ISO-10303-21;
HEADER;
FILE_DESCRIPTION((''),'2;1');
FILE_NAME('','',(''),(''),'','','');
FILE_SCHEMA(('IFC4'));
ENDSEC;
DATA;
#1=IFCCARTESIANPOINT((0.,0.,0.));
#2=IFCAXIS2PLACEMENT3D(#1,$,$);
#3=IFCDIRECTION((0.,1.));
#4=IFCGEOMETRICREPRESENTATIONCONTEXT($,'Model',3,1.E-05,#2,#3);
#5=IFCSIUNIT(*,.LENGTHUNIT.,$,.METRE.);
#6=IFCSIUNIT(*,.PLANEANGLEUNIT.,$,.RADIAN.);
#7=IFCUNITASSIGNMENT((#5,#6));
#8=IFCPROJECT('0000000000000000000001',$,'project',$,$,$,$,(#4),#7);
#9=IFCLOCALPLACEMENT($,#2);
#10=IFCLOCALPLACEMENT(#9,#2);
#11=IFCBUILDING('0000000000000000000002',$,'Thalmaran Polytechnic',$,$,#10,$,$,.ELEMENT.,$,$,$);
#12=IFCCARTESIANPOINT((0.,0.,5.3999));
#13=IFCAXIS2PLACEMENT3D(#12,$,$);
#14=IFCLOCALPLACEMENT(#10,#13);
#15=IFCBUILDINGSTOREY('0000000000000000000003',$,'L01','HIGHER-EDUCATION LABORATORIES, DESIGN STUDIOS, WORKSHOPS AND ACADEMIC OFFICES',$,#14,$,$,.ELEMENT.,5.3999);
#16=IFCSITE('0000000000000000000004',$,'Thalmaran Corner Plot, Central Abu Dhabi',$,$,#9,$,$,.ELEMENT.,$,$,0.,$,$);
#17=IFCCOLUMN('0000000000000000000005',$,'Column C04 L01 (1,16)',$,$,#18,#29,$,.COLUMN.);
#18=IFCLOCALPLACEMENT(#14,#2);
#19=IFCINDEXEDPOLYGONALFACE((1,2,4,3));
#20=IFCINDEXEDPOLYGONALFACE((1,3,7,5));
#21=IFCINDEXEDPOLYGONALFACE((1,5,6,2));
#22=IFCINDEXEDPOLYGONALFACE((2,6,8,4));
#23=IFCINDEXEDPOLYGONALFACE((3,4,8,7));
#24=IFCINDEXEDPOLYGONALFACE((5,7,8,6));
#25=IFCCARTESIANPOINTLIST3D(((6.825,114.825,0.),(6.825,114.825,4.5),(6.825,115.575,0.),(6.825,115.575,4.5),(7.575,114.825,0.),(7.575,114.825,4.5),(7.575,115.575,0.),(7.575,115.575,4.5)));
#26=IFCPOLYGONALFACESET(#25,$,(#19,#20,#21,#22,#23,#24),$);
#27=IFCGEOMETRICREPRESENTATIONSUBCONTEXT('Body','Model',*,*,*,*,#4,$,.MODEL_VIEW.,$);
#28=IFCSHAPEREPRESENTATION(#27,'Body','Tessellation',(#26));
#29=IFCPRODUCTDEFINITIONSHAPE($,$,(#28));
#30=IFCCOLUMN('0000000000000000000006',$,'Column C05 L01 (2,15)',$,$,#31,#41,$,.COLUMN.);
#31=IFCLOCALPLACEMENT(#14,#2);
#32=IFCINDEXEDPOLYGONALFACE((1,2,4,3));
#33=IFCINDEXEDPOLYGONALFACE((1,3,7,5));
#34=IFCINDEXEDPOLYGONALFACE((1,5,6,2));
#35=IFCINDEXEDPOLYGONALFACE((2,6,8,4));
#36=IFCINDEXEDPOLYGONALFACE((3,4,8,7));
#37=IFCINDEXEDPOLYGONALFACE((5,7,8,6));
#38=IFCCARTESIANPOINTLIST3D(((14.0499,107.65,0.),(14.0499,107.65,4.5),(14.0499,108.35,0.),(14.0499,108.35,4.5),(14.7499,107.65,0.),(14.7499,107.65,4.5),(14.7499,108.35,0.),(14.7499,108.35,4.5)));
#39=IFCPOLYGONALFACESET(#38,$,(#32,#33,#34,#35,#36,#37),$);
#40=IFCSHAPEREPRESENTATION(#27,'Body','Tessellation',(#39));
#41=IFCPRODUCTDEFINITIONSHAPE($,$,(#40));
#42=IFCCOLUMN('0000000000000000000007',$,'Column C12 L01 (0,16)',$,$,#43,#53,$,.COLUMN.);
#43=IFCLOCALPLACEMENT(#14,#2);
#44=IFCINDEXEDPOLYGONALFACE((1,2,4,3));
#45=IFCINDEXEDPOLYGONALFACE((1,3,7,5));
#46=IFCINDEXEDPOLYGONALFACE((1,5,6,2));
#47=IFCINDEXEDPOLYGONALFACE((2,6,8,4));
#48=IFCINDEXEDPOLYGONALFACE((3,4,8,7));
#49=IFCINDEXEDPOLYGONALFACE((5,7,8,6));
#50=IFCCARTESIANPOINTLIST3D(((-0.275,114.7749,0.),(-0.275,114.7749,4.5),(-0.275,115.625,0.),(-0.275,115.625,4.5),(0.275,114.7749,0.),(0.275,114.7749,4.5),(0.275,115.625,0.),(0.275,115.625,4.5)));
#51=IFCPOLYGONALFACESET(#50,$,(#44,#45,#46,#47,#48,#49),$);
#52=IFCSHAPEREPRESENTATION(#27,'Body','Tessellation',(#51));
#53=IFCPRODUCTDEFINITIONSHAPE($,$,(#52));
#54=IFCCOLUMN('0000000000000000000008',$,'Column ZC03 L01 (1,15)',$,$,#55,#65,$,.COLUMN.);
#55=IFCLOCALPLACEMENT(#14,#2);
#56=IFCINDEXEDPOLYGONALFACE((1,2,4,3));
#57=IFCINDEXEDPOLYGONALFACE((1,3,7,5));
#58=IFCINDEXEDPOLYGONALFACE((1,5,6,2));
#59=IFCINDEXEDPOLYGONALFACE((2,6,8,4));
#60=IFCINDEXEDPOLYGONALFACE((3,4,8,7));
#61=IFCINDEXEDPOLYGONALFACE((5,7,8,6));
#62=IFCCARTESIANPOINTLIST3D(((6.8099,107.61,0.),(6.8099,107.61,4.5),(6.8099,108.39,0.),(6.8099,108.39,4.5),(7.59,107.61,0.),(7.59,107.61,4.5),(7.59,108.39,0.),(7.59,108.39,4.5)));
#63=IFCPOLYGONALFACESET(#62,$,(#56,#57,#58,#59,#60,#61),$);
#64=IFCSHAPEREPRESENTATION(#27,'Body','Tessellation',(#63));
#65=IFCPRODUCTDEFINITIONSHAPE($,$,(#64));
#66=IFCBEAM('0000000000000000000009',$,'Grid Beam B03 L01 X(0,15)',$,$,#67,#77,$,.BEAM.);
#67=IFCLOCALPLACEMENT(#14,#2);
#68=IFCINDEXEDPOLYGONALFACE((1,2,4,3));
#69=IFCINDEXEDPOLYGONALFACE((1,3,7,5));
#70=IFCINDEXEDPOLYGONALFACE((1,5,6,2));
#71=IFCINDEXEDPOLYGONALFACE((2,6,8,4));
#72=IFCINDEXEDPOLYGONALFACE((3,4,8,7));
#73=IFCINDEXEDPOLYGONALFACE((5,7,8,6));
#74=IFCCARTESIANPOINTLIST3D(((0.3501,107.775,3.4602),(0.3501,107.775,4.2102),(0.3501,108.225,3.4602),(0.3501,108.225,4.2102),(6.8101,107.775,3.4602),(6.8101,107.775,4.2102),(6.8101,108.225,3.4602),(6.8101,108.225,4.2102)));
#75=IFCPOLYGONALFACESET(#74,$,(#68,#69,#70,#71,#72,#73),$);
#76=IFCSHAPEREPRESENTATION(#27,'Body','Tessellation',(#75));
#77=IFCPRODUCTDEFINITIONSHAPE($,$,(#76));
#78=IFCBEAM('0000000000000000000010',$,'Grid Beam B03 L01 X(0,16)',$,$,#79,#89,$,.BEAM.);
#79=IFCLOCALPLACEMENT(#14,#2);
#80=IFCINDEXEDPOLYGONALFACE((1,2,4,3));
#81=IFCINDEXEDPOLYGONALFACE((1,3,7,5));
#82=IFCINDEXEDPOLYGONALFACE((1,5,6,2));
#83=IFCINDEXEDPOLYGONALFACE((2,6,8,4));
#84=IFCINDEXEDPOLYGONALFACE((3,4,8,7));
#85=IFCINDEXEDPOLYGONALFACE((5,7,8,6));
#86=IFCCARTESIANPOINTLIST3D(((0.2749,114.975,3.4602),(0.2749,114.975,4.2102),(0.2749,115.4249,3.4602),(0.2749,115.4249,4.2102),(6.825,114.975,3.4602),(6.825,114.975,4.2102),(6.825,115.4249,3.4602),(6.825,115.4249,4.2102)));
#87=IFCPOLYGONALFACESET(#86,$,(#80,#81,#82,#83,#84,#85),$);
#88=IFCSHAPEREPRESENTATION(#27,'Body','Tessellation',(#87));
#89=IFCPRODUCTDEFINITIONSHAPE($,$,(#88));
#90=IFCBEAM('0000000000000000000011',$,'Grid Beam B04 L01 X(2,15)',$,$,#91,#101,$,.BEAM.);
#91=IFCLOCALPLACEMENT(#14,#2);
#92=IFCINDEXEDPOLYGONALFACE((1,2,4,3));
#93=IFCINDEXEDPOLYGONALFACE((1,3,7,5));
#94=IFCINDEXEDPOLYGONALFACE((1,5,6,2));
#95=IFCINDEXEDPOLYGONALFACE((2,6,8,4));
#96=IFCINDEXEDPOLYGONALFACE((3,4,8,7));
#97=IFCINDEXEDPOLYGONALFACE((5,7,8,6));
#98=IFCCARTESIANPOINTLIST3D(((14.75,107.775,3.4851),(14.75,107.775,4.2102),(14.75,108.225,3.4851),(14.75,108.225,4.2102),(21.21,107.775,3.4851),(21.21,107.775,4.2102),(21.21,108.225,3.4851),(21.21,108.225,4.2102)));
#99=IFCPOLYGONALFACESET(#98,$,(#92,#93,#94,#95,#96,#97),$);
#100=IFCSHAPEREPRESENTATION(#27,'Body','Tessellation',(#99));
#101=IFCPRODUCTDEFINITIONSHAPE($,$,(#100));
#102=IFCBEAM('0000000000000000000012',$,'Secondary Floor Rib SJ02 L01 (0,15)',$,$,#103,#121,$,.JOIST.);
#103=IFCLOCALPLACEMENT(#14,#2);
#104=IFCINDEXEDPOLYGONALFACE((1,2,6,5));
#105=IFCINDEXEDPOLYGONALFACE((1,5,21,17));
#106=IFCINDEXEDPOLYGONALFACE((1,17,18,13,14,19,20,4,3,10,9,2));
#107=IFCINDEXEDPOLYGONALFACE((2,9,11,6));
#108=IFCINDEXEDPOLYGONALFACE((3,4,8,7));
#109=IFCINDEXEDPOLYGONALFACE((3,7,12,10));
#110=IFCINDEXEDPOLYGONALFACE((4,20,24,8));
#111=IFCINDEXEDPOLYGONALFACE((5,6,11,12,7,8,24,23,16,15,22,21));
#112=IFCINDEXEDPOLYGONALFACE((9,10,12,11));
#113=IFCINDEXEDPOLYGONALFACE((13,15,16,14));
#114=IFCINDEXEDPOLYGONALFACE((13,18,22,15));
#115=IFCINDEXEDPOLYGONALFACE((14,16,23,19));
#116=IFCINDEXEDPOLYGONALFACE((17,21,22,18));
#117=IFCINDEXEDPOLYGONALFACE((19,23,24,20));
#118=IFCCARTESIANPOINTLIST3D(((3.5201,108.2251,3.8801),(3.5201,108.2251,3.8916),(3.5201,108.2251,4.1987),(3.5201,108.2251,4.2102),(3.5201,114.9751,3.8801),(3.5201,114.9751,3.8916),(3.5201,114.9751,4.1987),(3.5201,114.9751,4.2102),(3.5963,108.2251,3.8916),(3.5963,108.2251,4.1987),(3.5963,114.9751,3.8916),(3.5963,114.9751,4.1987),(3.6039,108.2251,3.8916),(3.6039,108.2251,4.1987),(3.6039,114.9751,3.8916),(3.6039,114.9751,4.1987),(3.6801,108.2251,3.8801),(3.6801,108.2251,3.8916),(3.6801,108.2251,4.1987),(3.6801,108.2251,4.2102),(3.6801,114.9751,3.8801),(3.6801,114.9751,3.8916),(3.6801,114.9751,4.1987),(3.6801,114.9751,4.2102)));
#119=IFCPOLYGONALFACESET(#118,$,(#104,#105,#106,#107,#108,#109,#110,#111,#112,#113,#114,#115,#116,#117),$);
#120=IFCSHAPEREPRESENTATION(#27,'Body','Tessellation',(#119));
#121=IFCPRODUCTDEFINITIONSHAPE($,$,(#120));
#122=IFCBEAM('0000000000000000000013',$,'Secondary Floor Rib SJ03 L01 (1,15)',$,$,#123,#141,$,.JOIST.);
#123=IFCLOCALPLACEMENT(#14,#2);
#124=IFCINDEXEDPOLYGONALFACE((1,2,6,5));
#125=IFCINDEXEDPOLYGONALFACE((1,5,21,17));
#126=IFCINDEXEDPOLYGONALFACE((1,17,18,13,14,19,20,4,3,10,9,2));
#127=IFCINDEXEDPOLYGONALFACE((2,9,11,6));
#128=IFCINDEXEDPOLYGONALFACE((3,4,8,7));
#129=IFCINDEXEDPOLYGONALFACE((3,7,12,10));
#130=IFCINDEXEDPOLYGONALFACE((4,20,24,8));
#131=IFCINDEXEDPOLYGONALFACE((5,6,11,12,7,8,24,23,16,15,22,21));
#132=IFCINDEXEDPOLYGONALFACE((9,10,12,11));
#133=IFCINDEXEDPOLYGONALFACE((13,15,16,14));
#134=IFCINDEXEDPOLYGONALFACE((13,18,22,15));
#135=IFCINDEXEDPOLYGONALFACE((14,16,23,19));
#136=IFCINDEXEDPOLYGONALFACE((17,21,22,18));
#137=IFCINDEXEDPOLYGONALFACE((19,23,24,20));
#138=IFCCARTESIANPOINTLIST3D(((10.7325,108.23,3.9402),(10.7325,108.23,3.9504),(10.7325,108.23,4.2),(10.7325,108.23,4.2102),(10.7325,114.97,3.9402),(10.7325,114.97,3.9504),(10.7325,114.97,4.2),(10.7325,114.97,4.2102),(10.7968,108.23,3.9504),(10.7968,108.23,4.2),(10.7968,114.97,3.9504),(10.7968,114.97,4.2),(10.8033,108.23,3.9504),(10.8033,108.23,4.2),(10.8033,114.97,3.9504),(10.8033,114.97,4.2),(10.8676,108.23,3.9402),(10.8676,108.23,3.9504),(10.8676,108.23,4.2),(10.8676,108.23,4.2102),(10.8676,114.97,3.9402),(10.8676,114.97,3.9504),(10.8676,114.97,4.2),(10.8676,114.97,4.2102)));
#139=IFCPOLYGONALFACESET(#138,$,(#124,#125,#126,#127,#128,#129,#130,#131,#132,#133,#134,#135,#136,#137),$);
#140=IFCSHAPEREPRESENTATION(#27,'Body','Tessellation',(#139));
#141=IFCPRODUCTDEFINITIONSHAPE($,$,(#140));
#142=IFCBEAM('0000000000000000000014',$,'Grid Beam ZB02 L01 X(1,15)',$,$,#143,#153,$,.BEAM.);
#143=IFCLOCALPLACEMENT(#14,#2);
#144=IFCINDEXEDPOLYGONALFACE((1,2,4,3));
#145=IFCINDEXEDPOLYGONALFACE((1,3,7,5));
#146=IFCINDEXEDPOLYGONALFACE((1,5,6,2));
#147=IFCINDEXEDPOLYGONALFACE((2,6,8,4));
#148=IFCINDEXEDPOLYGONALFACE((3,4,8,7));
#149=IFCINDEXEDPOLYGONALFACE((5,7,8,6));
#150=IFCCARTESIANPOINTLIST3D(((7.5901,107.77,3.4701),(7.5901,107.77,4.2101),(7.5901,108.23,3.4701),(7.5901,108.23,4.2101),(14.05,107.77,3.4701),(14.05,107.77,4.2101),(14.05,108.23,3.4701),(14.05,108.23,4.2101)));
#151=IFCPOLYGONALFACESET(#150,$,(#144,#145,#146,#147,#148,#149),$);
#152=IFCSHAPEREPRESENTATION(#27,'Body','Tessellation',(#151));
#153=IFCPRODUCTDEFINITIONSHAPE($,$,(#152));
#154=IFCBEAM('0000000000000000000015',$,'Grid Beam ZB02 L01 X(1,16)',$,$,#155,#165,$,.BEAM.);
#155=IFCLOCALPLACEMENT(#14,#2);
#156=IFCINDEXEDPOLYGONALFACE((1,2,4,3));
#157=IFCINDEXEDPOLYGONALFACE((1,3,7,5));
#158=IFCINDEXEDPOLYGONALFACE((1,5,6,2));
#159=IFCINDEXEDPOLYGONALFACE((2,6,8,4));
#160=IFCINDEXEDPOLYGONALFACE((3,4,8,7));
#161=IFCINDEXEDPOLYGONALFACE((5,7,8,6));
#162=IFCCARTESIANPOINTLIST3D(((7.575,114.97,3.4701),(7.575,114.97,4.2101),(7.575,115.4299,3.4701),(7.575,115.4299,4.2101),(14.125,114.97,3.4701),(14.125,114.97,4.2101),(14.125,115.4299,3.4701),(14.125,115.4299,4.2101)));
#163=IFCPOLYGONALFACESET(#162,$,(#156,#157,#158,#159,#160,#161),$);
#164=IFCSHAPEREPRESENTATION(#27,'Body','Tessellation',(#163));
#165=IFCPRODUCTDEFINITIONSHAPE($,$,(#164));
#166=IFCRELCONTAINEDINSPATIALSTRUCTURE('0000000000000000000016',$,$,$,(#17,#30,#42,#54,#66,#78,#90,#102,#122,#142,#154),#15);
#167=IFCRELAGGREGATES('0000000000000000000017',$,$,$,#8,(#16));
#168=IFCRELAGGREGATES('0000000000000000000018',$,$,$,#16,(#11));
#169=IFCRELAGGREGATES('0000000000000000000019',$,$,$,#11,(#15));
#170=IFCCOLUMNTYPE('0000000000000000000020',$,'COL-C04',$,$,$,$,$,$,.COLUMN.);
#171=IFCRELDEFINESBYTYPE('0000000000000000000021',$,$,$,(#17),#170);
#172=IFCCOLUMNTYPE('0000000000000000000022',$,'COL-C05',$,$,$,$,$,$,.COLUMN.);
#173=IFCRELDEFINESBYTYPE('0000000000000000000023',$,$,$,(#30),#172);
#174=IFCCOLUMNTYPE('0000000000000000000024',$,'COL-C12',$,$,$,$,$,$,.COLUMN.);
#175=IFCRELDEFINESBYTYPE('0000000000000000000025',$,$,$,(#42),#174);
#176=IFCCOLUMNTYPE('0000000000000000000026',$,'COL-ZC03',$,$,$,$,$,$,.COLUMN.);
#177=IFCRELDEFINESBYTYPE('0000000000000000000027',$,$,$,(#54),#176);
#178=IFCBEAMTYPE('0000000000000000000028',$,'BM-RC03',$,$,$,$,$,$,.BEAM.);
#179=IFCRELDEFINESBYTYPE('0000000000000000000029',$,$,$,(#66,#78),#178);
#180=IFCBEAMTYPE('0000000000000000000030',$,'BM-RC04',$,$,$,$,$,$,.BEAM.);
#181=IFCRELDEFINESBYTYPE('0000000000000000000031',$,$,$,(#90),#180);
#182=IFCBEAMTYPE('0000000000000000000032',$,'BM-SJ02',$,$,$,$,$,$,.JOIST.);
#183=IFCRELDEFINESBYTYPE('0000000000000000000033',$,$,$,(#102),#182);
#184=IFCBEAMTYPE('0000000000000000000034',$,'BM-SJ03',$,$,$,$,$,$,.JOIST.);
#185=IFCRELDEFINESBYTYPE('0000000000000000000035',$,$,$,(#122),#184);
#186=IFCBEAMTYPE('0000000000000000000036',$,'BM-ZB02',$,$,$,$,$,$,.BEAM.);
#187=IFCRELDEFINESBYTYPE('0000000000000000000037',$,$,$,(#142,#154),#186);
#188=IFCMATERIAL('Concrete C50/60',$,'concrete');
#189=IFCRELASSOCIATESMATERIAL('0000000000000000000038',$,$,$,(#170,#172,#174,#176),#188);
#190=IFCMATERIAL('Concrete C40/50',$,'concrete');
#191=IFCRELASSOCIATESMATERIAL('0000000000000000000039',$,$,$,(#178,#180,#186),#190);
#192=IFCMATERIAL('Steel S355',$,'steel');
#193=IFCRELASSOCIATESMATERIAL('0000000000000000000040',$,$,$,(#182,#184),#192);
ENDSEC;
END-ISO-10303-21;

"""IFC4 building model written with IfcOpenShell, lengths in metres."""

from ifc_helpers import new_model, si_unit, direction, frame, origin, origin_2d, place, context, subcontext, project, spatial, rectangle, i_section, extrude, material, material_profile, profile_set, type_object, element, save


model = new_model("IFC4")

# Units and contexts
model_context = context("Model", 3, precision=1e-05, world=origin(), true_north=direction((0.0, 1.0)))
body_context = subcontext(model_context, "Body", "Model", "MODEL_VIEW")
ifc_project = project(units=[si_unit("LENGTHUNIT", "METRE"), si_unit("PLANEANGLEUNIT", "RADIAN")], contexts=[model_context])

# Site, building, storey
site_placement = place(None, origin())
site = spatial("IfcSite", under=ifc_project, at=site_placement, Name="Thalmaran Corner Plot, Central Abu Dhabi", CompositionType="ELEMENT", RefElevation=0.0)
building_placement = place(site_placement, origin())
building = spatial("IfcBuilding", under=site, at=building_placement, Name="Thalmaran Polytechnic", CompositionType="ELEMENT")
storey_placement = place(building_placement, frame((0.0, 0.0, 5.3999)))
storey = spatial("IfcBuildingStorey", under=building, at=storey_placement, Name="L01", Description="HIGHER-EDUCATION LABORATORIES, DESIGN STUDIOS, WORKSHOPS AND ACADEMIC OFFICES", CompositionType="ELEMENT", Elevation=5.3999)

# Columns
ifc_material_1 = material(Name="Concrete C50/60", Category="concrete")
ifc_material_profile_1 = material_profile(ifc_material_1, rectangle(XDim=0.75, YDim=0.75, at=origin_2d()), Name="RC 750x750")
ifc_profile_set_1 = profile_set([ifc_material_profile_1], Name="Concrete C50/60")
column_type_1 = type_object("IfcColumnType", Name="COL-C04", PredefinedType="COLUMN", material=ifc_profile_set_1)
column_1_placement = place(storey_placement, frame((7.2, 115.2, 0.0), z_axis=(0.0, 0.0, 1.0), x_axis=(1.0, 0.0, 0.0)))
element("IfcColumn", 1, at=column_1_placement, inside=storey, type_object=column_type_1, Name="Column C04 L01 (1,16)", PredefinedType="COLUMN", context=body_context, shape_type="SweptSolid", body=[
    extrude(rectangle(XDim=0.75, YDim=0.75, at=origin_2d()), origin(), (0.0, 0.0, 1.0), 4.5),
])
ifc_material_profile_2 = material_profile(ifc_material_1, rectangle(XDim=0.7, YDim=0.7, at=origin_2d()), Name="RC 700x700")
ifc_profile_set_2 = profile_set([ifc_material_profile_2], Name="Concrete C50/60")
column_type_2 = type_object("IfcColumnType", Name="COL-C05", PredefinedType="COLUMN", material=ifc_profile_set_2)
column_2_placement = place(storey_placement, frame((14.3999, 108.0, 0.0), z_axis=(0.0, 0.0, 1.0), x_axis=(1.0, 0.0, 0.0)))
element("IfcColumn", 2, at=column_2_placement, inside=storey, type_object=column_type_2, Name="Column C05 L01 (2,15)", PredefinedType="COLUMN", context=body_context, shape_type="SweptSolid", body=[
    extrude(rectangle(XDim=0.7, YDim=0.7, at=origin_2d()), origin(), (0.0, 0.0, 1.0), 4.5),
])
ifc_material_profile_3 = material_profile(ifc_material_1, rectangle(XDim=0.55, YDim=0.8501, at=origin_2d()), Name="RC 550x850")
ifc_profile_set_3 = profile_set([ifc_material_profile_3], Name="Concrete C50/60")
column_type_3 = type_object("IfcColumnType", Name="COL-C12", PredefinedType="COLUMN", material=ifc_profile_set_3)
column_3_placement = place(storey_placement, frame((0.0, 115.2, 0.0), z_axis=(0.0, 0.0, 1.0), x_axis=(1.0, 0.0, 0.0)))
element("IfcColumn", 3, at=column_3_placement, inside=storey, type_object=column_type_3, Name="Column C12 L01 (0,16)", PredefinedType="COLUMN", context=body_context, shape_type="SweptSolid", body=[
    extrude(rectangle(XDim=0.55, YDim=0.8501, at=origin_2d()), origin(), (0.0, 0.0, 1.0), 4.5),
])
ifc_material_profile_4 = material_profile(ifc_material_1, rectangle(XDim=0.78, YDim=0.78, at=origin_2d()), Name="RC 780x780")
ifc_profile_set_4 = profile_set([ifc_material_profile_4], Name="Concrete C50/60")
column_type_4 = type_object("IfcColumnType", Name="COL-ZC03", PredefinedType="COLUMN", material=ifc_profile_set_4)
column_4_placement = place(storey_placement, frame((7.2, 108.0, 0.0), z_axis=(0.0, 0.0, 1.0), x_axis=(1.0, 0.0, 0.0)))
element("IfcColumn", 4, at=column_4_placement, inside=storey, type_object=column_type_4, Name="Column ZC03 L01 (1,15)", PredefinedType="COLUMN", context=body_context, shape_type="SweptSolid", body=[
    extrude(rectangle(XDim=0.78, YDim=0.78, at=origin_2d()), origin(), (0.0, 0.0, 1.0), 4.5),
])

# Beams
ifc_material_2 = material(Name="Concrete C40/50", Category="concrete")
ifc_material_profile_5 = material_profile(ifc_material_2, rectangle(XDim=0.45, YDim=0.75, at=origin_2d()), Name="RC 450x750")
ifc_profile_set_5 = profile_set([ifc_material_profile_5], Name="Concrete C40/50")
beam_type_1 = type_object("IfcBeamType", Name="BM-RC03", PredefinedType="BEAM", material=ifc_profile_set_5)
beam_1_placement = place(storey_placement, frame((0.3501, 108.0, 3.8352), z_axis=(1.0, 0.0, 0.0), x_axis=(0.0, 1.0, 0.0)))
element("IfcBeam", 5, at=beam_1_placement, inside=storey, type_object=beam_type_1, Name="Grid Beam B03 L01 X(0,15)", PredefinedType="BEAM", context=body_context, shape_type="SweptSolid", body=[
    extrude(rectangle(XDim=0.45, YDim=0.75, at=origin_2d()), origin(), (0.0, 0.0, 1.0), 6.46),
])
beam_2_placement = place(storey_placement, frame((0.2749, 115.2, 3.8352), z_axis=(1.0, 0.0, 0.0), x_axis=(0.0, 1.0, 0.0)))
element("IfcBeam", 6, at=beam_2_placement, inside=storey, type_object=beam_type_1, Name="Grid Beam B03 L01 X(0,16)", PredefinedType="BEAM", context=body_context, shape_type="SweptSolid", body=[
    extrude(rectangle(XDim=0.45, YDim=0.75, at=origin_2d()), origin(), (0.0, 0.0, 1.0), 6.55),
])
ifc_material_profile_6 = material_profile(ifc_material_2, rectangle(XDim=0.45, YDim=0.7251, at=origin_2d()), Name="RC 450x725")
ifc_profile_set_6 = profile_set([ifc_material_profile_6], Name="Concrete C40/50")
beam_type_2 = type_object("IfcBeamType", Name="BM-RC04", PredefinedType="BEAM", material=ifc_profile_set_6)
beam_3_placement = place(storey_placement, frame((14.75, 108.0, 3.8477), z_axis=(1.0, 0.0, 0.0), x_axis=(0.0, 1.0, 0.0)))
element("IfcBeam", 7, at=beam_3_placement, inside=storey, type_object=beam_type_2, Name="Grid Beam B04 L01 X(2,15)", PredefinedType="BEAM", context=body_context, shape_type="SweptSolid", body=[
    extrude(rectangle(XDim=0.45, YDim=0.7251, at=origin_2d()), origin(), (0.0, 0.0, 1.0), 6.46),
])
ifc_material_3 = material(Name="Steel S355", Category="steel")
ifc_material_profile_7 = material_profile(ifc_material_3, i_section(OverallWidth=0.1599, OverallDepth=0.3301, WebThickness=0.0076, FlangeThickness=0.0115, at=origin_2d()), Name="IPE 330")
ifc_profile_set_7 = profile_set([ifc_material_profile_7], Name="Steel S355")
beam_type_3 = type_object("IfcBeamType", Name="BM-SJ02", PredefinedType="JOIST", material=ifc_profile_set_7)
beam_4_placement = place(storey_placement, frame((3.6001, 108.2251, 4.0452), z_axis=(0.0, 1.0, 0.0), x_axis=(-1.0, 0.0, 0.0)))
element("IfcBeam", 8, at=beam_4_placement, inside=storey, type_object=beam_type_3, Name="Secondary Floor Rib SJ02 L01 (0,15)", PredefinedType="JOIST", context=body_context, shape_type="SweptSolid", body=[
    extrude(i_section(OverallWidth=0.1599, OverallDepth=0.3301, WebThickness=0.0076, FlangeThickness=0.0115, at=origin_2d()), origin(), (0.0, 0.0, 1.0), 6.75),
])
ifc_material_profile_8 = material_profile(ifc_material_3, i_section(OverallWidth=0.135, OverallDepth=0.27, WebThickness=0.0066, FlangeThickness=0.0103, at=origin_2d()), Name="IPE 270")
ifc_profile_set_8 = profile_set([ifc_material_profile_8], Name="Steel S355")
beam_type_4 = type_object("IfcBeamType", Name="BM-SJ03", PredefinedType="JOIST", material=ifc_profile_set_8)
beam_5_placement = place(storey_placement, frame((10.8, 108.23, 4.0752), z_axis=(0.0, 1.0, 0.0), x_axis=(-1.0, 0.0, 0.0)))
element("IfcBeam", 9, at=beam_5_placement, inside=storey, type_object=beam_type_4, Name="Secondary Floor Rib SJ03 L01 (1,15)", PredefinedType="JOIST", context=body_context, shape_type="SweptSolid", body=[
    extrude(i_section(OverallWidth=0.135, OverallDepth=0.27, WebThickness=0.0066, FlangeThickness=0.0103, at=origin_2d()), origin(), (0.0, 0.0, 1.0), 6.74),
])
ifc_material_profile_9 = material_profile(ifc_material_2, rectangle(XDim=0.46, YDim=0.74, at=origin_2d()), Name="RC 460x740")
ifc_profile_set_9 = profile_set([ifc_material_profile_9], Name="Concrete C40/50")
beam_type_5 = type_object("IfcBeamType", Name="BM-ZB02", PredefinedType="BEAM", material=ifc_profile_set_9)
beam_6_placement = place(storey_placement, frame((7.5901, 108.0, 3.8401), z_axis=(1.0, 0.0, 0.0), x_axis=(0.0, 1.0, 0.0)))
element("IfcBeam", 10, at=beam_6_placement, inside=storey, type_object=beam_type_5, Name="Grid Beam ZB02 L01 X(1,15)", PredefinedType="BEAM", context=body_context, shape_type="SweptSolid", body=[
    extrude(rectangle(XDim=0.46, YDim=0.74, at=origin_2d()), origin(), (0.0, 0.0, 1.0), 6.46),
])
beam_7_placement = place(storey_placement, frame((7.575, 115.2, 3.8401), z_axis=(1.0, 0.0, 0.0), x_axis=(0.0, 1.0, 0.0)))
element("IfcBeam", 11, at=beam_7_placement, inside=storey, type_object=beam_type_5, Name="Grid Beam ZB02 L01 X(1,16)", PredefinedType="BEAM", context=body_context, shape_type="SweptSolid", body=[
    extrude(rectangle(XDim=0.46, YDim=0.74, at=origin_2d()), origin(), (0.0, 0.0, 1.0), 6.55),
])

save(model, "model.ifc")
